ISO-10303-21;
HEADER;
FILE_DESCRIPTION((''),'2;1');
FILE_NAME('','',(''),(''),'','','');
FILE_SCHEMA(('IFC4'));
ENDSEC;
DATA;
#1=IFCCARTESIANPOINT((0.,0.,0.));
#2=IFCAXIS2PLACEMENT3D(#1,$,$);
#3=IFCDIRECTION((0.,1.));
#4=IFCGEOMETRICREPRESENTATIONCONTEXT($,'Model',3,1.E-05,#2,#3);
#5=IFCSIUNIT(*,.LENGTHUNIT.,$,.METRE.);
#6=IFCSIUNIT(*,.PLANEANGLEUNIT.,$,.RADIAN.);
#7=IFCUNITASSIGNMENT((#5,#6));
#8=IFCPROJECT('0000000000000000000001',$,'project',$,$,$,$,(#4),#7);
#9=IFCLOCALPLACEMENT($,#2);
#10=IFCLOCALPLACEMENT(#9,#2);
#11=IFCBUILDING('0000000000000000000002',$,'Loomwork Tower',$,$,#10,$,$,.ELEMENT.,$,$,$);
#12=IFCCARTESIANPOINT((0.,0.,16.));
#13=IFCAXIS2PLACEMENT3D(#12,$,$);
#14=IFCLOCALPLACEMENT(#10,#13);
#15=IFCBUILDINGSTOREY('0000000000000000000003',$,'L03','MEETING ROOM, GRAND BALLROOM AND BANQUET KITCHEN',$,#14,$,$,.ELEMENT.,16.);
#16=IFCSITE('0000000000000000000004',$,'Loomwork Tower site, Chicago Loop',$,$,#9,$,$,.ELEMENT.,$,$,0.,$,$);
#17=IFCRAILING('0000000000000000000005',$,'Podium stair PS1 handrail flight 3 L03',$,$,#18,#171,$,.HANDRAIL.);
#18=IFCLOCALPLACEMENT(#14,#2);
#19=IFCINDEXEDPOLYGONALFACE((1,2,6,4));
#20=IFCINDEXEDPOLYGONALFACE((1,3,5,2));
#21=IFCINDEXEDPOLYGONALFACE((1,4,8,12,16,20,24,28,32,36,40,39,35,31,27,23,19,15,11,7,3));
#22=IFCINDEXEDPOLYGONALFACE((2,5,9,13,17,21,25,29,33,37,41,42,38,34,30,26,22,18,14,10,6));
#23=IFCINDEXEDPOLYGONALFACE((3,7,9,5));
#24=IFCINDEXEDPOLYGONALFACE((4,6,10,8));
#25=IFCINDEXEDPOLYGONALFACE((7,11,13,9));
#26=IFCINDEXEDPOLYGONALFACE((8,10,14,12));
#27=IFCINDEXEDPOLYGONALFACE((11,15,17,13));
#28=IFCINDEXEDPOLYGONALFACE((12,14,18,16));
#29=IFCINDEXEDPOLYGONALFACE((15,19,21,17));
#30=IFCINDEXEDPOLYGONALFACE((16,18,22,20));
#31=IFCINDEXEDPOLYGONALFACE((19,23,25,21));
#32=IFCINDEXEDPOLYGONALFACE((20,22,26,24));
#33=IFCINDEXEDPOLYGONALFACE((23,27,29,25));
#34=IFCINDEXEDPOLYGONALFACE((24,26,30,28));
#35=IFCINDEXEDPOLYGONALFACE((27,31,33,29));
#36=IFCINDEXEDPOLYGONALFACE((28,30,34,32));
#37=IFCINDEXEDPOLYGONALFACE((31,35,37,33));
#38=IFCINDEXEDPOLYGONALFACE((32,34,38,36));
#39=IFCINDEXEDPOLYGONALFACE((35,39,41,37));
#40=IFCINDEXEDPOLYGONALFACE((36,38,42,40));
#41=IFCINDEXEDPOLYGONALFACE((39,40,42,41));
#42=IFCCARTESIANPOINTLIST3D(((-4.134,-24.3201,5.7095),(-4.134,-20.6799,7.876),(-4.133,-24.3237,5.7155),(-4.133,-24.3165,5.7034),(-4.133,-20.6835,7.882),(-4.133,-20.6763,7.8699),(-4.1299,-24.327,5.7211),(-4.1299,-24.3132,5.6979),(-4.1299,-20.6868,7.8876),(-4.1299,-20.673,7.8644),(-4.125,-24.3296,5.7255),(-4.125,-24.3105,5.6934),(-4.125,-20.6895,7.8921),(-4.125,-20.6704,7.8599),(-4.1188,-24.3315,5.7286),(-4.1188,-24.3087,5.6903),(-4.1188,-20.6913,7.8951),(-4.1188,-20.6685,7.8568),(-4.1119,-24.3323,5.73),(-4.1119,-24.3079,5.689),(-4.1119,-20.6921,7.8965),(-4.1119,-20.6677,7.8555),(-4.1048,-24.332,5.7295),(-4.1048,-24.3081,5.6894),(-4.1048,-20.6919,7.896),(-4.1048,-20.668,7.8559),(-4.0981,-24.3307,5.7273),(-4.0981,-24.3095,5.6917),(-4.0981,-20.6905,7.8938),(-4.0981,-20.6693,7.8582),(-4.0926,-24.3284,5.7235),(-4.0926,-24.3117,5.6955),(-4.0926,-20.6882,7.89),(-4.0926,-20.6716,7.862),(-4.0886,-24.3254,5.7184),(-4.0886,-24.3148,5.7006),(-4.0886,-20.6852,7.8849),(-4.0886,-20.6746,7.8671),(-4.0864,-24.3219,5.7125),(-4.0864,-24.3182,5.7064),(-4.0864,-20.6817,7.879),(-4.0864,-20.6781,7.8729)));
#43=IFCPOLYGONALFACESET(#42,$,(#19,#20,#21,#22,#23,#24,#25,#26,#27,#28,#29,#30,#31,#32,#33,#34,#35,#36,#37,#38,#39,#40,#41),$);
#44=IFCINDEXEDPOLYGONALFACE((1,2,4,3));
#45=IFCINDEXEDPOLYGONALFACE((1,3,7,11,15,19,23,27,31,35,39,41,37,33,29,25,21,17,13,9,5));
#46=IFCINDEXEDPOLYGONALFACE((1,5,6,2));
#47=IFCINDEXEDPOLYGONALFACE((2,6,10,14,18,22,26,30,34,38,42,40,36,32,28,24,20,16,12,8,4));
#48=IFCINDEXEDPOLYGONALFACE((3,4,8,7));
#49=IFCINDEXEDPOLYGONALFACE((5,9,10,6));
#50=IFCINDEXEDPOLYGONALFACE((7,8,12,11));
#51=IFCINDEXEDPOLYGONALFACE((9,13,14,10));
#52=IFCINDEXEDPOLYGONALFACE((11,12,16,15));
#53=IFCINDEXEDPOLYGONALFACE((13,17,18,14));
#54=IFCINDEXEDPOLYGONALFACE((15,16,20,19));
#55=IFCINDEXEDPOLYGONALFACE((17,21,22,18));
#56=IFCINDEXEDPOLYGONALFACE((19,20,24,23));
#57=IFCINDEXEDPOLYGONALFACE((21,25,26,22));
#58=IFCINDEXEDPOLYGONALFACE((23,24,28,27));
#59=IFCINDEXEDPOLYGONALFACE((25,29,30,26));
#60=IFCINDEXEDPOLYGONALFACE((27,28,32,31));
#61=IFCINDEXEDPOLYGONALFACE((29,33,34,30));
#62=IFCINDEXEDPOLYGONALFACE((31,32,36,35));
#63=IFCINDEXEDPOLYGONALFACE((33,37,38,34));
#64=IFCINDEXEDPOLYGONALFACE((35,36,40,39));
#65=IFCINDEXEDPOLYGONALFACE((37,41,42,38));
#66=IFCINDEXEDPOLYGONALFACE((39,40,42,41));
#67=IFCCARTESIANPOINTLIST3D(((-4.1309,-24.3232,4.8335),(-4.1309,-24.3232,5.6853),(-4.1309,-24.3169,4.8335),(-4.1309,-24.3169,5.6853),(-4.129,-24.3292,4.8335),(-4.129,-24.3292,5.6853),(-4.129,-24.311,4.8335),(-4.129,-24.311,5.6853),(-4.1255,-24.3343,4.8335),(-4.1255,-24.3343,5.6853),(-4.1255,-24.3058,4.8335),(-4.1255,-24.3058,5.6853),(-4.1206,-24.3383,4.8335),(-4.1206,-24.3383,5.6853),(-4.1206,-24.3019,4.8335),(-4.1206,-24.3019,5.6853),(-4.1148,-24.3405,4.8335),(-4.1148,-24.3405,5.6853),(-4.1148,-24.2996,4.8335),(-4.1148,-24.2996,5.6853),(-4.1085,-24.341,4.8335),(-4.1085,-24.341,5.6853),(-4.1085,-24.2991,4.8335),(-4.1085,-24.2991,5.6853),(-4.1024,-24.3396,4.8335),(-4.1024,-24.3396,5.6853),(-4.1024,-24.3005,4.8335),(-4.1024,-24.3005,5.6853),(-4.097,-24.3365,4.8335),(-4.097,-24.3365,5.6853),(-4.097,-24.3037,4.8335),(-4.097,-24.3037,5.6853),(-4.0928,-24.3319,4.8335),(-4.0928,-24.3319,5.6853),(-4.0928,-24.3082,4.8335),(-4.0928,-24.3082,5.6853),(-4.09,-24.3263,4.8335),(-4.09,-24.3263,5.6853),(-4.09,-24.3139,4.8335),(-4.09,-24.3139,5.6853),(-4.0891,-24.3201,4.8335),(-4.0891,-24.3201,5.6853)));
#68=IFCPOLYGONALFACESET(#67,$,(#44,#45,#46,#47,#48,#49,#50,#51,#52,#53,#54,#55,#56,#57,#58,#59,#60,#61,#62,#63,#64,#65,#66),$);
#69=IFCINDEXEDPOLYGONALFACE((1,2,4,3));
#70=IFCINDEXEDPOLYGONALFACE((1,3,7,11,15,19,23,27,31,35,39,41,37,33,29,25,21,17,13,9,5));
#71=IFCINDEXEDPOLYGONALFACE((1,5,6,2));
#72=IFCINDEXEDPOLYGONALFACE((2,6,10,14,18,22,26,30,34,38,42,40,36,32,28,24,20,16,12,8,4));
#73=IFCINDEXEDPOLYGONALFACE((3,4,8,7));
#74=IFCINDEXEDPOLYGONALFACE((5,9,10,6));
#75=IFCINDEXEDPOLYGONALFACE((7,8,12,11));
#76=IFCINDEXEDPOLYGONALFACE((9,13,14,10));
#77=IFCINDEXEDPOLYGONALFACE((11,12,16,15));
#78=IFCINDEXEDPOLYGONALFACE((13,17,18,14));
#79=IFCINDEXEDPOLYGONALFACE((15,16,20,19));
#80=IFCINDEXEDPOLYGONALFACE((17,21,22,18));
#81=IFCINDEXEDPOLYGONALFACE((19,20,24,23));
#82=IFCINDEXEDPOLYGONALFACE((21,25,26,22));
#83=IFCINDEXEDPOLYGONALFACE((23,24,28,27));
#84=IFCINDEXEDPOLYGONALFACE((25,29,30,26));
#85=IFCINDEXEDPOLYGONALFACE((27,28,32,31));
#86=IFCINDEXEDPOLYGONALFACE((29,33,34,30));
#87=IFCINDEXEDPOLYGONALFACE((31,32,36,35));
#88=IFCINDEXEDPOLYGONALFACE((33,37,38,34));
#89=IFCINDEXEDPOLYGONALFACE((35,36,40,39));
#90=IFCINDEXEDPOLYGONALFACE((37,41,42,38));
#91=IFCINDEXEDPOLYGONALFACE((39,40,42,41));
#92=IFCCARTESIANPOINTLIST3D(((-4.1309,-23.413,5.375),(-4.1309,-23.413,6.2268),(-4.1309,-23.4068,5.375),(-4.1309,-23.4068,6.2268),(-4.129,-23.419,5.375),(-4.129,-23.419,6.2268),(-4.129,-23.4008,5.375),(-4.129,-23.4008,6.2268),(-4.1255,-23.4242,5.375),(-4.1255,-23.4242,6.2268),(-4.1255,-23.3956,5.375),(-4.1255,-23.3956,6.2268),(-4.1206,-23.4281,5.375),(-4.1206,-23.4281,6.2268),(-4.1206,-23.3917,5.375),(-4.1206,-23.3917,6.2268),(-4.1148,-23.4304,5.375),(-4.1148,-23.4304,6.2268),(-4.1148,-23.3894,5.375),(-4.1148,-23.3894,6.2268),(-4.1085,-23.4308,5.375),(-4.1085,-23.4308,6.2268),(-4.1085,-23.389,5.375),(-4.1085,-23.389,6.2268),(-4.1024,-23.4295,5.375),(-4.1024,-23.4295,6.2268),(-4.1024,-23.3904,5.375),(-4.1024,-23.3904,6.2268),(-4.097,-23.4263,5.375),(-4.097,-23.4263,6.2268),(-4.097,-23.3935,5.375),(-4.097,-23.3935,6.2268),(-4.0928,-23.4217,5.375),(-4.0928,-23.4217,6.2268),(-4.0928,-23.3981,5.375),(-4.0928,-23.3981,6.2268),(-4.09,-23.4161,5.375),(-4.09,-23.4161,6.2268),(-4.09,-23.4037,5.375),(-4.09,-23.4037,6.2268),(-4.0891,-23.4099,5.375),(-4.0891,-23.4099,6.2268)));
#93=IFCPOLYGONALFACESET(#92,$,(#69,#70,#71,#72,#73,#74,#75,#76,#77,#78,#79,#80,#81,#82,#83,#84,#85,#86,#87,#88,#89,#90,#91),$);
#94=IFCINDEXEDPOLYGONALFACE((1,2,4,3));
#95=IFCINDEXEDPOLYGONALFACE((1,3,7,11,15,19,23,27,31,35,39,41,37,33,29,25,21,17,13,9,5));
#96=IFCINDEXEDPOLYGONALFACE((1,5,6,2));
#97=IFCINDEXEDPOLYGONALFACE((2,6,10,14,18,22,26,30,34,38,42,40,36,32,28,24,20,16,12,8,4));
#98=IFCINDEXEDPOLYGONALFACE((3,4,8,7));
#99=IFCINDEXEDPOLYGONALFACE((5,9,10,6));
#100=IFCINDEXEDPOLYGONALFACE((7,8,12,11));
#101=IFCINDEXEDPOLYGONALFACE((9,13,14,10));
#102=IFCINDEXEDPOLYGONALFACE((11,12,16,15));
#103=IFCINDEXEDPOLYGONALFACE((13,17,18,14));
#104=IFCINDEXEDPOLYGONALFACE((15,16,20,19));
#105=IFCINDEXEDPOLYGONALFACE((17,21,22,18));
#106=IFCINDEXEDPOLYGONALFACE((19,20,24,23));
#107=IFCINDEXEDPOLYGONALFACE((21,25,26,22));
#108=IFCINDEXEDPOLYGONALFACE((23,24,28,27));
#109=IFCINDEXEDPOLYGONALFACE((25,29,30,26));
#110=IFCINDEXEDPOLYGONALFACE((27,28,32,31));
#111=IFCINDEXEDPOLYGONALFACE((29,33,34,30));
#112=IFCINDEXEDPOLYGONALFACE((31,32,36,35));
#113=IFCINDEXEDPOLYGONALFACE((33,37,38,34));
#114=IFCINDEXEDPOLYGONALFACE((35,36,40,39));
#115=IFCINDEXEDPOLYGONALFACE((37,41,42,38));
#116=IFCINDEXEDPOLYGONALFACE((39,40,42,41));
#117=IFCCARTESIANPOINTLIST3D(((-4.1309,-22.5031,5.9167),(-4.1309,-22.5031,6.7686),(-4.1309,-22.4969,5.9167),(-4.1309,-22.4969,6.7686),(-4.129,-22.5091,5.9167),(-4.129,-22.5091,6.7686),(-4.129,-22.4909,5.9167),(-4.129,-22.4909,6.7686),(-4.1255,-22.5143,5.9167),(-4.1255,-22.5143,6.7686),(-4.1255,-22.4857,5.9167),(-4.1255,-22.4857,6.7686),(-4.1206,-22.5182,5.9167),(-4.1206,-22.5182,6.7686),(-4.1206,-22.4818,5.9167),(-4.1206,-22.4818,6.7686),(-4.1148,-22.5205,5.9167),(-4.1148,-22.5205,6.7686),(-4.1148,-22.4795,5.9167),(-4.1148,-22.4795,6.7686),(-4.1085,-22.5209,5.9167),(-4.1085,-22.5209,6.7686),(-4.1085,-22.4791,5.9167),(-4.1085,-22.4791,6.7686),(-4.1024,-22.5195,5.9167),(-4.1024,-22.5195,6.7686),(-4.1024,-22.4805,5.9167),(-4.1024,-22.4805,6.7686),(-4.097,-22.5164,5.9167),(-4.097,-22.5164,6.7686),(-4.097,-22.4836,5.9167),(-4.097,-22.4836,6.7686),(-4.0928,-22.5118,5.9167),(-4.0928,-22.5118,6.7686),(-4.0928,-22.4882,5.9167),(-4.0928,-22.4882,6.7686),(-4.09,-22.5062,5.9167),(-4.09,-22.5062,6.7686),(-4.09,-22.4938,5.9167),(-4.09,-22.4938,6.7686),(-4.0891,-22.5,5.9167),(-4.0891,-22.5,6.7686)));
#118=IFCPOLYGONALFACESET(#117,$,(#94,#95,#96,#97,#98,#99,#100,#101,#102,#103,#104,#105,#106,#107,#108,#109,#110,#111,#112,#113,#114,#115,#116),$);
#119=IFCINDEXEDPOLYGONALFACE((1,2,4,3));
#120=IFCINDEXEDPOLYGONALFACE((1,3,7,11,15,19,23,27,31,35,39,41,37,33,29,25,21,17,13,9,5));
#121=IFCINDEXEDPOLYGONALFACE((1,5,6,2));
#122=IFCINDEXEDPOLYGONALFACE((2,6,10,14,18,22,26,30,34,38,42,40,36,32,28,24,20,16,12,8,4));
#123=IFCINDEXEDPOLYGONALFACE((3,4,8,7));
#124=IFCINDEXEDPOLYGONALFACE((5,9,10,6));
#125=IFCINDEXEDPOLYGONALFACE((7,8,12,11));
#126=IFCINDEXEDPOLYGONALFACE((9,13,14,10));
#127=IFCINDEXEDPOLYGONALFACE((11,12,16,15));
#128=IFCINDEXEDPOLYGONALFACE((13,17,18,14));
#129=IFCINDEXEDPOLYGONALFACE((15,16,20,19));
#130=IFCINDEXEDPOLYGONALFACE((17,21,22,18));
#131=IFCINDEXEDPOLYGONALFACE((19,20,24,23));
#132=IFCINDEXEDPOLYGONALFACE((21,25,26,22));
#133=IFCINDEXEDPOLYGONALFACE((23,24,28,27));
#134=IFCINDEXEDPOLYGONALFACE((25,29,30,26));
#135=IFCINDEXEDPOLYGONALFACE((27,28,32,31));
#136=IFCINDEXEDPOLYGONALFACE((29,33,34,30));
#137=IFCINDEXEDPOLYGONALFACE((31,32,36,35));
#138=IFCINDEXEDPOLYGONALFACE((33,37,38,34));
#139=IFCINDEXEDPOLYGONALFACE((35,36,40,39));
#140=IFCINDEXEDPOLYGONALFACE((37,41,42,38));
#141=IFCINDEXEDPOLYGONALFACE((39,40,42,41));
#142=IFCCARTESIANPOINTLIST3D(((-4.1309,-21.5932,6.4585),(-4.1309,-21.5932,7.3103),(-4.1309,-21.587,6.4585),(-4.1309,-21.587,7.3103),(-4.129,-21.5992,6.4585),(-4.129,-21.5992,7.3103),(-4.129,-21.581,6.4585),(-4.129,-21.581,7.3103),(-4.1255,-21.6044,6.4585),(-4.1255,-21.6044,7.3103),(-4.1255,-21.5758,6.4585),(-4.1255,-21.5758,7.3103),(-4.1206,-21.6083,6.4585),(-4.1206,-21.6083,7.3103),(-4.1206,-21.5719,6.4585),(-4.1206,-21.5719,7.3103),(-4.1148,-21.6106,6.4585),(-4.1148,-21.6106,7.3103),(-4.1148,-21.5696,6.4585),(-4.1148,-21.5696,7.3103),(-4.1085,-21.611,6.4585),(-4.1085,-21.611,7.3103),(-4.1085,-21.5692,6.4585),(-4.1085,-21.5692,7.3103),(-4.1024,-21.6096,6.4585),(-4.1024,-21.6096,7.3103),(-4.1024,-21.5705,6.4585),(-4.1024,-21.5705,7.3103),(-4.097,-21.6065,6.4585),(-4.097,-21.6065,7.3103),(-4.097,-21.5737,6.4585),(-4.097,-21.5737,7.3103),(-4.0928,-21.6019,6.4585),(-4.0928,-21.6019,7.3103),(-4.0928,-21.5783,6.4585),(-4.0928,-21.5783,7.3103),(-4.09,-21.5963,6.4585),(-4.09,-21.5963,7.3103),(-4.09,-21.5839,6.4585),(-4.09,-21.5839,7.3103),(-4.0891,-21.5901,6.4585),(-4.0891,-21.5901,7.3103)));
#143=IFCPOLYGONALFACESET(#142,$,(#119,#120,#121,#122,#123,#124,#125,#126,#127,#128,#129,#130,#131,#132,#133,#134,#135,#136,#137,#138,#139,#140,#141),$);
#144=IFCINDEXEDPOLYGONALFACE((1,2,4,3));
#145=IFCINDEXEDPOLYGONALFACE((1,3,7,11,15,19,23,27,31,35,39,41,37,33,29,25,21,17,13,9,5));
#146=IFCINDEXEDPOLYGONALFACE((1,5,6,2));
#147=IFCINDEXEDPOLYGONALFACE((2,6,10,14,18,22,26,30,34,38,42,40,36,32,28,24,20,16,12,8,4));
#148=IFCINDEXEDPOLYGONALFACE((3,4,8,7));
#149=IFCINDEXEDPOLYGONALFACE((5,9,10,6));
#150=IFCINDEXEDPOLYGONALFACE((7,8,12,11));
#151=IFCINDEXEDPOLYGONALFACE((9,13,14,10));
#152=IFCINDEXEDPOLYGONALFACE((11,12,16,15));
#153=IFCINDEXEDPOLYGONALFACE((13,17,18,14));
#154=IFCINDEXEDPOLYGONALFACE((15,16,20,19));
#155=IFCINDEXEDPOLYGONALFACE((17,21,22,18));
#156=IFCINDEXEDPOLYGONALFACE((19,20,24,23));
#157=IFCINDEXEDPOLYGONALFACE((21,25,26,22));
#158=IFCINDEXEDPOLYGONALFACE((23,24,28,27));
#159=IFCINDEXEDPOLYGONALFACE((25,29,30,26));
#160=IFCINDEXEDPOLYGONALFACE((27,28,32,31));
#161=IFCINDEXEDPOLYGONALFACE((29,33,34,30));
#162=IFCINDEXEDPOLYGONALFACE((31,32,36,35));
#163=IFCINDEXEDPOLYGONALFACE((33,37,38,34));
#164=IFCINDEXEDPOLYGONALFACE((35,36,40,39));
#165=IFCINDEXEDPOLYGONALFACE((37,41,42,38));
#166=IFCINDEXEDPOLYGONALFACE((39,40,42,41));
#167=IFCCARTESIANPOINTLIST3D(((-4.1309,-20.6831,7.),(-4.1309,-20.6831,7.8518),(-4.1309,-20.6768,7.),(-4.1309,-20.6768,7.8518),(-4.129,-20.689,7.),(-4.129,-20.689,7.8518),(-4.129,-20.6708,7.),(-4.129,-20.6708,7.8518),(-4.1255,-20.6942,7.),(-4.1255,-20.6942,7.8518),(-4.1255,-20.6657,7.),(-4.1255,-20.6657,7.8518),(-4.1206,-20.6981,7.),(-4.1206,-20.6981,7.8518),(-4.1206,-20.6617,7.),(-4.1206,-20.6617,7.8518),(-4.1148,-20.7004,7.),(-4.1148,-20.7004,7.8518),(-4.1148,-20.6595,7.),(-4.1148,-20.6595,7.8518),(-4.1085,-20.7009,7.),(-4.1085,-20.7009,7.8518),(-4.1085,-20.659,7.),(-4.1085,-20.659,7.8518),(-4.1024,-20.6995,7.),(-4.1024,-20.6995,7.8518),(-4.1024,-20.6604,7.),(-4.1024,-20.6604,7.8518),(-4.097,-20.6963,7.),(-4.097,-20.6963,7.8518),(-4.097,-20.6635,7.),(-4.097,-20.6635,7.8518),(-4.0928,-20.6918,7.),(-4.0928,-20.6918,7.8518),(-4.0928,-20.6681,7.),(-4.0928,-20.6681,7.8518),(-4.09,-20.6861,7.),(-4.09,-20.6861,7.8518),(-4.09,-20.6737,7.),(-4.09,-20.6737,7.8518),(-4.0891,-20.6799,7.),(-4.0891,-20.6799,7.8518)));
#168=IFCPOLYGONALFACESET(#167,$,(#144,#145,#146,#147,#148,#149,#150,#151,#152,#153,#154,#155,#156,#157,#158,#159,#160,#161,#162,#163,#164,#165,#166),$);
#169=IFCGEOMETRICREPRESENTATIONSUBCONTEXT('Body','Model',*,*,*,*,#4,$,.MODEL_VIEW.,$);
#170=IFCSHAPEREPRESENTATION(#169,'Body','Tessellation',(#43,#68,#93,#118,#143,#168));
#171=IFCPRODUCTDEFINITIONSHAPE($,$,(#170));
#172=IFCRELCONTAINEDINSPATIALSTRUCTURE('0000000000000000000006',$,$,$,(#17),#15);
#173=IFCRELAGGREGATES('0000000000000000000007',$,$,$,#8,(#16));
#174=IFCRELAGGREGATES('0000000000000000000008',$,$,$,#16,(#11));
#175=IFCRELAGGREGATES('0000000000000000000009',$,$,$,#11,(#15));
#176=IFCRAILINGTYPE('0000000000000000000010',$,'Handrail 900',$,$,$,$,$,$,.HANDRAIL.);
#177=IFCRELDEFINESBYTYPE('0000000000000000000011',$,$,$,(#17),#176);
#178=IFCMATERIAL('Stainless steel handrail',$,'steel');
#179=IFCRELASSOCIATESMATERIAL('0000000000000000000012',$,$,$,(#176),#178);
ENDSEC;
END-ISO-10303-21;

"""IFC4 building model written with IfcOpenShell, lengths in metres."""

from ifc_helpers import new_model, si_unit, direction, frame, origin, origin_2d, place, context, subcontext, project, spatial, circle, extrude, material, type_object, element, save


model = new_model("IFC4")

# Units and contexts
model_context = context("Model", 3, precision=1e-05, world=origin(), true_north=direction((0.0, 1.0)))
body_context = subcontext(model_context, "Body", "Model", "MODEL_VIEW")
ifc_project = project(units=[si_unit("LENGTHUNIT", "METRE"), si_unit("PLANEANGLEUNIT", "RADIAN")], contexts=[model_context])

# Site, building, storey
site_placement = place(None, origin())
site = spatial("IfcSite", under=ifc_project, at=site_placement, Name="Loomwork Tower site, Chicago Loop", CompositionType="ELEMENT", RefElevation=0.0)
building_placement = place(site_placement, origin())
building = spatial("IfcBuilding", under=site, at=building_placement, Name="Loomwork Tower", CompositionType="ELEMENT")
storey_placement = place(building_placement, frame((0.0, 0.0, 16.0)))
storey = spatial("IfcBuildingStorey", under=building, at=storey_placement, Name="L03", Description="MEETING ROOM, GRAND BALLROOM AND BANQUET KITCHEN", CompositionType="ELEMENT", Elevation=16.0)

# Railing
ifc_material_1 = material(Name="Stainless steel handrail", Category="steel")
railing_type = type_object("IfcRailingType", Name="Handrail 900", PredefinedType="HANDRAIL", material=ifc_material_1)
railing_1_placement = place(storey_placement, frame((-4.1101, -24.3201, 4.8335)))
element("IfcRailing", 1, at=railing_1_placement, inside=storey, type_object=railing_type, Name="Podium stair PS1 handrail flight 3 L03", PredefinedType="HANDRAIL", context=body_context, shape_type="SweptSolid", body=[
    extrude(circle(Radius=0.0239, at=origin_2d()), frame((0.0, 0.0, 0.876), z_axis=(0.0, 0.859318, 0.511441), x_axis=(-1.0, 0.0, 0.0)), (0.0, 0.0, 1.0), 4.2361),
    extrude(circle(Radius=0.021, at=origin_2d()), origin(), (0.0, 0.0, 1.0), 0.8518),
    extrude(circle(Radius=0.021, at=origin_2d()), frame((0.0, 0.9102, 0.5415)), (0.0, 0.0, 1.0), 0.8518),
    extrude(circle(Radius=0.021, at=origin_2d()), frame((0.0, 1.8201, 1.0833)), (0.0, 0.0, 1.0), 0.8518),
    extrude(circle(Radius=0.021, at=origin_2d()), frame((0.0, 2.73, 1.625)), (0.0, 0.0, 1.0), 0.8518),
    extrude(circle(Radius=0.021, at=origin_2d()), frame((0.0, 3.6401, 2.1665)), (0.0, 0.0, 1.0), 0.8518),
])

save(model, "model.ifc")
